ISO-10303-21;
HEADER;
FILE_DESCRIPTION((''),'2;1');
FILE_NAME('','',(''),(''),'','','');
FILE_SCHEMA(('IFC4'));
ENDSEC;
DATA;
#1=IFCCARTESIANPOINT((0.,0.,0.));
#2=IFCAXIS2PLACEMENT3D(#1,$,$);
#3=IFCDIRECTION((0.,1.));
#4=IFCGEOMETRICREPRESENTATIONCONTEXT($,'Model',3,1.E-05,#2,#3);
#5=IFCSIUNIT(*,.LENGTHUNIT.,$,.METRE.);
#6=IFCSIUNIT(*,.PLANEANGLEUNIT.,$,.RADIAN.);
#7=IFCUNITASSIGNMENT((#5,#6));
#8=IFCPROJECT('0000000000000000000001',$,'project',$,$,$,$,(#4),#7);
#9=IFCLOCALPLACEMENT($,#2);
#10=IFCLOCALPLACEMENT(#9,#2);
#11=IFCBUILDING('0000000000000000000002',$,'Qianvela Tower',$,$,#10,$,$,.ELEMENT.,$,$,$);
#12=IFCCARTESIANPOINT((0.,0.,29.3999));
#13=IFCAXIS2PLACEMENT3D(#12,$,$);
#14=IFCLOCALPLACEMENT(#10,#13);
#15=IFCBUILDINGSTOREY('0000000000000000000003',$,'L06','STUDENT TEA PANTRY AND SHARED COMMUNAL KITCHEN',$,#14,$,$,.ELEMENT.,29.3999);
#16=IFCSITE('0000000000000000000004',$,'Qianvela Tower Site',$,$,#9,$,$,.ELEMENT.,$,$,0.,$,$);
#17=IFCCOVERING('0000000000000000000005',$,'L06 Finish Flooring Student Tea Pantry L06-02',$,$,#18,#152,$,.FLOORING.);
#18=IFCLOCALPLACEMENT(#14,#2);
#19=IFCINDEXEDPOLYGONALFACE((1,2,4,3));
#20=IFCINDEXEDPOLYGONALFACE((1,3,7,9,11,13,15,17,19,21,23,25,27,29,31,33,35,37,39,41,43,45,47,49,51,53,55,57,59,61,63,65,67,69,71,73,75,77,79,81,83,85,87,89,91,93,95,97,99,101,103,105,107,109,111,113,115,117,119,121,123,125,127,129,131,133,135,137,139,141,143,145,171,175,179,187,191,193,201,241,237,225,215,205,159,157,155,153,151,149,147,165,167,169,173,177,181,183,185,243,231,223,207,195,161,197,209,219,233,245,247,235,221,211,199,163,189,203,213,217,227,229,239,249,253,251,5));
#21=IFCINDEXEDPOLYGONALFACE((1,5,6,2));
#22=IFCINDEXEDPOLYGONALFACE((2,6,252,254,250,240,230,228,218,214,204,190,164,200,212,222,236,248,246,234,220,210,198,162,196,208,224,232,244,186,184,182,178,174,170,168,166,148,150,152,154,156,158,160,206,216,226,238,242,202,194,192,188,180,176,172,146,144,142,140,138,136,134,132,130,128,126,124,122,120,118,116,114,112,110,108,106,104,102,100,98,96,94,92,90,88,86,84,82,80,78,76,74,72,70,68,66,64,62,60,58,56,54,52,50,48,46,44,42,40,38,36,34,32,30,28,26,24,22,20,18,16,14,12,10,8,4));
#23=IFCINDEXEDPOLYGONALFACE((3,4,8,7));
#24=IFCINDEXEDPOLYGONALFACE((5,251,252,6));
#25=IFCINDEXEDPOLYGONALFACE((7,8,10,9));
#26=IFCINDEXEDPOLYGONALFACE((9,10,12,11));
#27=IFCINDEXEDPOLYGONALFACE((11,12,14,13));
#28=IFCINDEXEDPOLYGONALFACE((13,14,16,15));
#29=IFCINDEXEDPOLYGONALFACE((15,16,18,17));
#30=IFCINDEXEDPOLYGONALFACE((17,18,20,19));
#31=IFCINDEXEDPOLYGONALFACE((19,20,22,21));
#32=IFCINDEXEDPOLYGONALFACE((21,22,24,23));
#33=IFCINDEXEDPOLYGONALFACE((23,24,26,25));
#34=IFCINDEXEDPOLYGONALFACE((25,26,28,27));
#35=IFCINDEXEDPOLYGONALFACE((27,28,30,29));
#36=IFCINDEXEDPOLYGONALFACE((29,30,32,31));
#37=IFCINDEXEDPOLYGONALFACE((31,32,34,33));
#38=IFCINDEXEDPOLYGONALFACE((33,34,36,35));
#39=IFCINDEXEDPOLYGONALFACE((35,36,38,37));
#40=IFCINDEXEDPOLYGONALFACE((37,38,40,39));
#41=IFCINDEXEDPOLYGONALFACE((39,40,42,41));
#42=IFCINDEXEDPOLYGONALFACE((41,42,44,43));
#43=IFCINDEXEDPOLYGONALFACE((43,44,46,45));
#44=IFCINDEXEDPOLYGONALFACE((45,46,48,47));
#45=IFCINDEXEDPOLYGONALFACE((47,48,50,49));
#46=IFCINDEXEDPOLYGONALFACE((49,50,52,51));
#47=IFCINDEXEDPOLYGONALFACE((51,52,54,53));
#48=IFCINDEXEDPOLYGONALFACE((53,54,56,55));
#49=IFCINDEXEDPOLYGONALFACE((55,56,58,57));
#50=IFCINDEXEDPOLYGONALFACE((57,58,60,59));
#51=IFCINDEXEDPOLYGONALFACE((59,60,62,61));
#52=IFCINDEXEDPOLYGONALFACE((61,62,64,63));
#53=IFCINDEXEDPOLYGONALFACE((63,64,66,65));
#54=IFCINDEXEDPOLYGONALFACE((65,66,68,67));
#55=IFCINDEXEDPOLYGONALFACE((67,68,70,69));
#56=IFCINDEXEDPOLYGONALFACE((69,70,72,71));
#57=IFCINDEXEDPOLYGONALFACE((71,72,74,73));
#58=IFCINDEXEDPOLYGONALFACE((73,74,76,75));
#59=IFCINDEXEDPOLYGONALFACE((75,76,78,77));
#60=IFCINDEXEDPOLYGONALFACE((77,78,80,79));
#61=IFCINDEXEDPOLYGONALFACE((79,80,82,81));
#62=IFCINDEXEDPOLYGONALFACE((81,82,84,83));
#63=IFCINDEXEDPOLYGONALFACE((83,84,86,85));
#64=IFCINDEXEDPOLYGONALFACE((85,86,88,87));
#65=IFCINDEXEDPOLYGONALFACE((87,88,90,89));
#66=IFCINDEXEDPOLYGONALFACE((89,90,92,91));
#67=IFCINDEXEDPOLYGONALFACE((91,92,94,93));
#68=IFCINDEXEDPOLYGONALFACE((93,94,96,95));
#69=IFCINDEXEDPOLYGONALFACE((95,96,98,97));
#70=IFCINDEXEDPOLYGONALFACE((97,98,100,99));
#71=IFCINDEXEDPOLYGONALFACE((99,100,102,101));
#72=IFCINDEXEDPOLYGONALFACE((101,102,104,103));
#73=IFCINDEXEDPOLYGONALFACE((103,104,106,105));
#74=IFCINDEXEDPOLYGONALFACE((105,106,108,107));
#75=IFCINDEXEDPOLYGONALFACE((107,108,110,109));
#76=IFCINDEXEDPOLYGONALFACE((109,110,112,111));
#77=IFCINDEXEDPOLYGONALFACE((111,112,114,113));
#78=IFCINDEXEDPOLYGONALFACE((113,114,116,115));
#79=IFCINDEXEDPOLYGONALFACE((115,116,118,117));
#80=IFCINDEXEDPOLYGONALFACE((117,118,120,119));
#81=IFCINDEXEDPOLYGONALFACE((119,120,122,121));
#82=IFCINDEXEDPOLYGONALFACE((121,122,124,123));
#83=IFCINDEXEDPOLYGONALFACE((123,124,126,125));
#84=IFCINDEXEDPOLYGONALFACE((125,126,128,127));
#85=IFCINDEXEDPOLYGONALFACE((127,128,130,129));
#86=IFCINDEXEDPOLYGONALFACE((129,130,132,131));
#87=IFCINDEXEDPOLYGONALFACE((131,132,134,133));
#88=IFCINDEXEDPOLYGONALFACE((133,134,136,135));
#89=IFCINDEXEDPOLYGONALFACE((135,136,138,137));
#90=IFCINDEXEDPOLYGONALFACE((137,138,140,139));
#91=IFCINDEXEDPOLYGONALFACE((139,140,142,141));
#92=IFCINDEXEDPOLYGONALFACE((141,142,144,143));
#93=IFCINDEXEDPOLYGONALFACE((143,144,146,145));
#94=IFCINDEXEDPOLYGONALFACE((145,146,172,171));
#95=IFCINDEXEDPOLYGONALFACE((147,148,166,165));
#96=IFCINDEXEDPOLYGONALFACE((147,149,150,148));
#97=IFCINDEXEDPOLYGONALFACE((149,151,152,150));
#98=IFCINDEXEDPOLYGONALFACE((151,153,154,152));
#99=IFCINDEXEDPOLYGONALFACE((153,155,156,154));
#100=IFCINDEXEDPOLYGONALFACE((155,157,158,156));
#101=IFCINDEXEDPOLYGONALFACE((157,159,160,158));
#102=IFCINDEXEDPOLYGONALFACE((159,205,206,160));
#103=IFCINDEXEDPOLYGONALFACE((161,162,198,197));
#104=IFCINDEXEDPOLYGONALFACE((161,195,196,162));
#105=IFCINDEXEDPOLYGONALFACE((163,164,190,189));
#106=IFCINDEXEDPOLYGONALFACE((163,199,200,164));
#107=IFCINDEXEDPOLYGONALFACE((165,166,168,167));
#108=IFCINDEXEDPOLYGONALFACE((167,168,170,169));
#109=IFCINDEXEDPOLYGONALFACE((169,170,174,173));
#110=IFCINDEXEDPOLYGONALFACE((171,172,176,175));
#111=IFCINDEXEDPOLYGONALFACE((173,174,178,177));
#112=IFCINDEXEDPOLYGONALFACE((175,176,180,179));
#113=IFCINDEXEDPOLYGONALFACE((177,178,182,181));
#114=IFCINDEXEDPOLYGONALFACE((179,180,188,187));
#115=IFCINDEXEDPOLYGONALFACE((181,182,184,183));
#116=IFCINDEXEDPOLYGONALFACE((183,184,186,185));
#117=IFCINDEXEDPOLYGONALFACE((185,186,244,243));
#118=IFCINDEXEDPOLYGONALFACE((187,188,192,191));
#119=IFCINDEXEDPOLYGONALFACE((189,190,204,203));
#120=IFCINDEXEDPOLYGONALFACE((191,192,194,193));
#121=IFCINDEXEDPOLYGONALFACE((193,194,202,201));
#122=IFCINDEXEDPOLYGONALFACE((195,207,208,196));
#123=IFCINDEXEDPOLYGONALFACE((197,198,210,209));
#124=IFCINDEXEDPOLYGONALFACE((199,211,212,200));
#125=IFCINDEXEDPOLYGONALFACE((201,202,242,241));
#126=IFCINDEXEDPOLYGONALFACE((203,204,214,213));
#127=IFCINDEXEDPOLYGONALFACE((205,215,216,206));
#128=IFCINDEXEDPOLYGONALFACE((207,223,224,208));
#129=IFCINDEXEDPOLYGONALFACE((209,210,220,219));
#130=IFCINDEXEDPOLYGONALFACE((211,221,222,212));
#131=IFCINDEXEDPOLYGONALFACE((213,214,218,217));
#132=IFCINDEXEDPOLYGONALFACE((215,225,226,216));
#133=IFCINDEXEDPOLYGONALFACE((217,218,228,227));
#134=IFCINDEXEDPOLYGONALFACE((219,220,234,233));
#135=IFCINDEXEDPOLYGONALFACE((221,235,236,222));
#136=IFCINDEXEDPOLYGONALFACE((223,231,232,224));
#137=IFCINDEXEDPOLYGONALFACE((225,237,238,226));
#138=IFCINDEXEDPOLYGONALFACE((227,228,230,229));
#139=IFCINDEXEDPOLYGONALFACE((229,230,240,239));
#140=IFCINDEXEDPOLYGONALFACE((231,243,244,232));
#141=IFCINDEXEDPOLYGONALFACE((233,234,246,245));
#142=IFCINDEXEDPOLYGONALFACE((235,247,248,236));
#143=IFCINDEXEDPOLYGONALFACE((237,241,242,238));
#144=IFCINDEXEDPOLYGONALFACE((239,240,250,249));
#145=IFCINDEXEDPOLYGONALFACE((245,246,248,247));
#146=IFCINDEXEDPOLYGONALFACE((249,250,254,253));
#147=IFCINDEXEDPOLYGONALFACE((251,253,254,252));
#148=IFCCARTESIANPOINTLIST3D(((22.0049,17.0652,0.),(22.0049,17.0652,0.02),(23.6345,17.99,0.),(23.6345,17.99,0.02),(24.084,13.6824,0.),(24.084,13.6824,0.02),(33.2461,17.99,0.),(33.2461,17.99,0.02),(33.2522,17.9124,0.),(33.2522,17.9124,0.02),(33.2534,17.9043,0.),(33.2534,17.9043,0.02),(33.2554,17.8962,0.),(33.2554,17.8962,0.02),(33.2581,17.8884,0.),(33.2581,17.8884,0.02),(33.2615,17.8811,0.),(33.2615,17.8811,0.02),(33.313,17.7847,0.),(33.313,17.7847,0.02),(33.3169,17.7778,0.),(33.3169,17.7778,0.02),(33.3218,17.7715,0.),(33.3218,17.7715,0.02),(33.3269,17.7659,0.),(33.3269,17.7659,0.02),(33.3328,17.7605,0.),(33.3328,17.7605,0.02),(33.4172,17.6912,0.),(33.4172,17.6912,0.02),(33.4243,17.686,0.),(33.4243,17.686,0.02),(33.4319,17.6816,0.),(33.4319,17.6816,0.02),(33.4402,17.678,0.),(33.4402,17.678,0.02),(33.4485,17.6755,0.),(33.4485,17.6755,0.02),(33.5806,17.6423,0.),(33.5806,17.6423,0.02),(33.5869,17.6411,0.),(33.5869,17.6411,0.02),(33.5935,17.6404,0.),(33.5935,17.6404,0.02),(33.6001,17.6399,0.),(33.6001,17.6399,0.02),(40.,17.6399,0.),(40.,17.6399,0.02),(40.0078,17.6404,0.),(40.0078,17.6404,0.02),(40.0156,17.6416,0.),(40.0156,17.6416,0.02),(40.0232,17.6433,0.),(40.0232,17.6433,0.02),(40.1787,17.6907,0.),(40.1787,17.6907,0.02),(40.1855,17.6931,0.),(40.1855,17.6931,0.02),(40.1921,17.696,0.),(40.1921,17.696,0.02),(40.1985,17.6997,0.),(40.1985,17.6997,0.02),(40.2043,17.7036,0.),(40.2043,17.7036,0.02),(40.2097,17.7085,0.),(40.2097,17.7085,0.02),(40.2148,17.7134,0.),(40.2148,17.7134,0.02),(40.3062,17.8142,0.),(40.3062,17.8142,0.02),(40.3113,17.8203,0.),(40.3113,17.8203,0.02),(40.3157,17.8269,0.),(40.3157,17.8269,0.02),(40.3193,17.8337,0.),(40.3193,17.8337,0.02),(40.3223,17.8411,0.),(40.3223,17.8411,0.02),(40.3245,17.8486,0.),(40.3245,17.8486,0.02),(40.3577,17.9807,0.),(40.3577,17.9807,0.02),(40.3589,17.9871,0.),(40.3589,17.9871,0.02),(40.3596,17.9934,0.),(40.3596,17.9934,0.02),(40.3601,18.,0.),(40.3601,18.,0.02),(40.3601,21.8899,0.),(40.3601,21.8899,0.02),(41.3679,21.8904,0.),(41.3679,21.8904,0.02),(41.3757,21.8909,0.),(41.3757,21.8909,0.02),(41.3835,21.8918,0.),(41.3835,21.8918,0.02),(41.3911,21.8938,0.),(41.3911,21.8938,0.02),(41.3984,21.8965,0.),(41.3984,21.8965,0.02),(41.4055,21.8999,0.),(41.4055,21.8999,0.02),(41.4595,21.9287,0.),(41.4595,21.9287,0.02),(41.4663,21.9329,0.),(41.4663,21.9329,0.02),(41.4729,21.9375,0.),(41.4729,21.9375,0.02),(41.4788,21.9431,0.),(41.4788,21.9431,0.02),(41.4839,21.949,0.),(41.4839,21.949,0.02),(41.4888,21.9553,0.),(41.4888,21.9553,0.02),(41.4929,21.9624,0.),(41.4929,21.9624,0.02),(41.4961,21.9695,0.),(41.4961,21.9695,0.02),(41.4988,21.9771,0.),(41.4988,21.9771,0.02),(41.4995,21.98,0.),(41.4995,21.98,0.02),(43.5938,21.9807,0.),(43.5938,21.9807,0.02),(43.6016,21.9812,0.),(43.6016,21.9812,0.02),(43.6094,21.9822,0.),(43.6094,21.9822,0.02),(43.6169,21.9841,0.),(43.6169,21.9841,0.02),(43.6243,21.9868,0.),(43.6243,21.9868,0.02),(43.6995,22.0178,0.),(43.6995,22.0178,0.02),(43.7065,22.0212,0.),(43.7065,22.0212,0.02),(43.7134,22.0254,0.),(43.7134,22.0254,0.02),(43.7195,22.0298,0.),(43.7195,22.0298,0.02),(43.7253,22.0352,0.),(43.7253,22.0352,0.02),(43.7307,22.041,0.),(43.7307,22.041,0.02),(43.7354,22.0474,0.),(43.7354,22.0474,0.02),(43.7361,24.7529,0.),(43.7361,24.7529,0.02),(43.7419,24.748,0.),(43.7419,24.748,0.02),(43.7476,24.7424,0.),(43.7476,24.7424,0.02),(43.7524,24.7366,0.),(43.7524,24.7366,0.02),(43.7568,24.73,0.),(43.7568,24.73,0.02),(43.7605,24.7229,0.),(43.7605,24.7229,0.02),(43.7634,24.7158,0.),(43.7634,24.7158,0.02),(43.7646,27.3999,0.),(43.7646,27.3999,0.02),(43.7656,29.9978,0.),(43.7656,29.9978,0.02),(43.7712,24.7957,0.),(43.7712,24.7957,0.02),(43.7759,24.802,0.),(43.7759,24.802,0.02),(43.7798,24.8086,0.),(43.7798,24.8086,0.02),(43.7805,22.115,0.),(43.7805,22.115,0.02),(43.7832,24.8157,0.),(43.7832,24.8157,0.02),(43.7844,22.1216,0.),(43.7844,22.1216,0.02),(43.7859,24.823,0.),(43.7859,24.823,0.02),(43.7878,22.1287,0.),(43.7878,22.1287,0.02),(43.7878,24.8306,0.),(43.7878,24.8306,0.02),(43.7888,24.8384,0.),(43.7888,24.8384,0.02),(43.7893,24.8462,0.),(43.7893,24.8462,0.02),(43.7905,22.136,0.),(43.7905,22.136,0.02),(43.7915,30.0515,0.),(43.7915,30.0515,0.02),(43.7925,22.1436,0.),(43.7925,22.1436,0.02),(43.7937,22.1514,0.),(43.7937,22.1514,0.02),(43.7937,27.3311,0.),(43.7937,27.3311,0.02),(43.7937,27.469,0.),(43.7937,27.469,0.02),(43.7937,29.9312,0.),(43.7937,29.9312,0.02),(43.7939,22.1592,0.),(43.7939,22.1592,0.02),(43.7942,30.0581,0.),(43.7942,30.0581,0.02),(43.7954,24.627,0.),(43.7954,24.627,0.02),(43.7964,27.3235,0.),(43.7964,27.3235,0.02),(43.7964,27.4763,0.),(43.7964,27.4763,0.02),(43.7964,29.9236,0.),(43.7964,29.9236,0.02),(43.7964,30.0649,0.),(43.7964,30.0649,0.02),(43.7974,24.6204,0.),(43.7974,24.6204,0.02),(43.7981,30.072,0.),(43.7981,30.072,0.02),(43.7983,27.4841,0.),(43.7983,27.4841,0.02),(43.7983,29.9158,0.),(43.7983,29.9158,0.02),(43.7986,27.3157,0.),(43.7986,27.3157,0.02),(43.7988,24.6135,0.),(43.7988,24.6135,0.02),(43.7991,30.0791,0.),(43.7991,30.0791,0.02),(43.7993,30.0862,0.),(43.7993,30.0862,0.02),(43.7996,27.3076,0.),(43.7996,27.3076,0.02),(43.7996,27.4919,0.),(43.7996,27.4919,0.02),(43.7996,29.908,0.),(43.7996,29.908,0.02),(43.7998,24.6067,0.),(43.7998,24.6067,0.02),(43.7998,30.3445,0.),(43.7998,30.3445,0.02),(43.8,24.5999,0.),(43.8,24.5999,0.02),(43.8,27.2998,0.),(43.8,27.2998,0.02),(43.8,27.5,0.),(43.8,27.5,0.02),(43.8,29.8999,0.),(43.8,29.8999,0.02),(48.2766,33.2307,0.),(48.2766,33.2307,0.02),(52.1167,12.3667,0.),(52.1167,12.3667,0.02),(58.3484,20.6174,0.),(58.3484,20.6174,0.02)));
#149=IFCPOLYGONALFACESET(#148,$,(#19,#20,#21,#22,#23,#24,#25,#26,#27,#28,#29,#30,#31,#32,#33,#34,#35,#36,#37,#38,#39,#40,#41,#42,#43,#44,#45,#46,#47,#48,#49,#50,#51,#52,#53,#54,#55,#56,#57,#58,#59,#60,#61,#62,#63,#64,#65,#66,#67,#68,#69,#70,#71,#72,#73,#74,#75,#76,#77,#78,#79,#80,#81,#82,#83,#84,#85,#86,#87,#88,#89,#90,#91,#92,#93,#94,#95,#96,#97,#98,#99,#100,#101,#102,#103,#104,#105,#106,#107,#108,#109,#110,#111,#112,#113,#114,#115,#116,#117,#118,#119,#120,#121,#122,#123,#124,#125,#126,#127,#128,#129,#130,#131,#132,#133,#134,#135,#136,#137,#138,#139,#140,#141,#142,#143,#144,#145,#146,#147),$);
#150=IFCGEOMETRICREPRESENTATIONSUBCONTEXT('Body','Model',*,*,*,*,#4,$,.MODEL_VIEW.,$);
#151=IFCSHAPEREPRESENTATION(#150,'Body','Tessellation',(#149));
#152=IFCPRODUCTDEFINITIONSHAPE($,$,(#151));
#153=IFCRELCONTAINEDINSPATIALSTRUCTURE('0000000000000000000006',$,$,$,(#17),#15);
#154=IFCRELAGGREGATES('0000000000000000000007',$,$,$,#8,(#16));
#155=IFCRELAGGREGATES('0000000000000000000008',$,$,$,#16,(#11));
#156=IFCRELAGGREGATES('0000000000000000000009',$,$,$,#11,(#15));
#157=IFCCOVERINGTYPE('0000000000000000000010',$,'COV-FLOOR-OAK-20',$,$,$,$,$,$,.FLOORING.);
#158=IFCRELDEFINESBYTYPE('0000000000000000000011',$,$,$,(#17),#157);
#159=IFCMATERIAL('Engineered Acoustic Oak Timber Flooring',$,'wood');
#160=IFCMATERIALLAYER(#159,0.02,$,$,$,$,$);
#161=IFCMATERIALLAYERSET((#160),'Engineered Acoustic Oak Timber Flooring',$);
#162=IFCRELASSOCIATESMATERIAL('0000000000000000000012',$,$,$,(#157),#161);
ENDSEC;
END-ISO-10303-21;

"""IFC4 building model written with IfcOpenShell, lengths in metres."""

from ifc_helpers import new_model, si_unit, direction, frame, origin, place, context, subcontext, project, spatial, polyline, outline, extrude, material, layer, layer_set, type_object, element, save


model = new_model("IFC4")

# Units and contexts
model_context = context("Model", 3, precision=1e-05, world=origin(), true_north=direction((0.0, 1.0)))
body_context = subcontext(model_context, "Body", "Model", "MODEL_VIEW")
ifc_project = project(units=[si_unit("LENGTHUNIT", "METRE"), si_unit("PLANEANGLEUNIT", "RADIAN")], contexts=[model_context])

# Site, building, storey
site_placement = place(None, origin())
site = spatial("IfcSite", under=ifc_project, at=site_placement, Name="Qianvela Tower Site", CompositionType="ELEMENT", RefElevation=0.0)
building_placement = place(site_placement, origin())
building = spatial("IfcBuilding", under=site, at=building_placement, Name="Qianvela Tower", CompositionType="ELEMENT")
storey_placement = place(building_placement, frame((0.0, 0.0, 29.3999)))
storey = spatial("IfcBuildingStorey", under=building, at=storey_placement, Name="L06", Description="STUDENT TEA PANTRY AND SHARED COMMUNAL KITCHEN", CompositionType="ELEMENT", Elevation=29.3999)

# Covering
ifc_material_1 = material(Name="Engineered Acoustic Oak Timber Flooring", Category="wood")
ifc_layer_1 = layer(ifc_material_1, 0.02)
ifc_layer_set_1 = layer_set([ifc_layer_1], Name="Engineered Acoustic Oak Timber Flooring")
covering_type_1 = type_object("IfcCoveringType", Name="COV-FLOOR-OAK-20", PredefinedType="FLOORING", material=ifc_layer_set_1)
covering_1_placement = place(storey_placement, origin())
element("IfcCovering", 1, at=covering_1_placement, inside=storey, type_object=covering_type_1, Name="L06 Finish Flooring Student Tea Pantry L06-02", PredefinedType="FLOORING", context=body_context, shape_type="SweptSolid", body=[
    extrude(outline(polyline([(23.6345, 17.99), (33.2461, 17.99), (33.2522, 17.9124), (33.2534, 17.9043), (33.2554, 17.8962), (33.2581, 17.8884), (33.2615, 17.8811), (33.313, 17.7847), (33.3169, 17.7778), (33.3218, 17.7715), (33.3269, 17.7659), (33.3328, 17.7605), (33.4172, 17.6912), (33.4243, 17.686), (33.4319, 17.6816), (33.4402, 17.678), (33.4485, 17.6755), (33.5806, 17.6423), (33.5869, 17.6411), (33.5935, 17.6404), (33.6001, 17.6399), (40.0, 17.6399), (40.0078, 17.6404), (40.0156, 17.6416), (40.0232, 17.6433), (40.1787, 17.6907), (40.1855, 17.6931), (40.1921, 17.696), (40.1985, 17.6997), (40.2043, 17.7036), (40.2097, 17.7085), (40.2148, 17.7134), (40.3062, 17.8142), (40.3113, 17.8203), (40.3157, 17.8269), (40.3193, 17.8337), (40.3223, 17.8411), (40.3245, 17.8486), (40.3577, 17.9807), (40.3589, 17.9871), (40.3596, 17.9934), (40.3601, 18.0), (40.3601, 21.8899), (41.3679, 21.8904), (41.3757, 21.8909), (41.3835, 21.8918), (41.3911, 21.8938), (41.3984, 21.8965), (41.4055, 21.8999), (41.4595, 21.9287), (41.4663, 21.9329), (41.4729, 21.9375), (41.4788, 21.9431), (41.4839, 21.949), (41.4888, 21.9553), (41.4929, 21.9624), (41.4961, 21.9695), (41.4988, 21.9771), (41.4995, 21.98), (43.5938, 21.9807), (43.6016, 21.9812), (43.6094, 21.9822), (43.6169, 21.9841), (43.6243, 21.9868), (43.6995, 22.0178), (43.7065, 22.0212), (43.7134, 22.0254), (43.7195, 22.0298), (43.7253, 22.0352), (43.7307, 22.041), (43.7354, 22.0474), (43.7805, 22.115), (43.7844, 22.1216), (43.7878, 22.1287), (43.7905, 22.136), (43.7925, 22.1436), (43.7937, 22.1514), (43.7939, 22.1592), (43.8, 24.5999), (43.7998, 24.6067), (43.7988, 24.6135), (43.7974, 24.6204), (43.7954, 24.627), (43.7634, 24.7158), (43.7605, 24.7229), (43.7568, 24.73), (43.7524, 24.7366), (43.7476, 24.7424), (43.7419, 24.748), (43.7361, 24.7529), (43.7712, 24.7957), (43.7759, 24.802), (43.7798, 24.8086), (43.7832, 24.8157), (43.7859, 24.823), (43.7878, 24.8306), (43.7888, 24.8384), (43.7893, 24.8462), (43.8, 27.2998), (43.7996, 27.3076), (43.7986, 27.3157), (43.7964, 27.3235), (43.7937, 27.3311), (43.7646, 27.3999), (43.7937, 27.469), (43.7964, 27.4763), (43.7983, 27.4841), (43.7996, 27.4919), (43.8, 27.5), (43.8, 29.8999), (43.7996, 29.908), (43.7983, 29.9158), (43.7964, 29.9236), (43.7937, 29.9312), (43.7656, 29.9978), (43.7915, 30.0515), (43.7942, 30.0581), (43.7964, 30.0649), (43.7981, 30.072), (43.7991, 30.0791), (43.7993, 30.0862), (43.7998, 30.3445), (48.2766, 33.2307), (58.3484, 20.6174), (52.1167, 12.3667), (24.084, 13.6824), (22.0049, 17.0652), (23.6345, 17.99)])), origin(), (0.0, 0.0, 1.0), 0.02),
])

save(model, "model.ifc")
